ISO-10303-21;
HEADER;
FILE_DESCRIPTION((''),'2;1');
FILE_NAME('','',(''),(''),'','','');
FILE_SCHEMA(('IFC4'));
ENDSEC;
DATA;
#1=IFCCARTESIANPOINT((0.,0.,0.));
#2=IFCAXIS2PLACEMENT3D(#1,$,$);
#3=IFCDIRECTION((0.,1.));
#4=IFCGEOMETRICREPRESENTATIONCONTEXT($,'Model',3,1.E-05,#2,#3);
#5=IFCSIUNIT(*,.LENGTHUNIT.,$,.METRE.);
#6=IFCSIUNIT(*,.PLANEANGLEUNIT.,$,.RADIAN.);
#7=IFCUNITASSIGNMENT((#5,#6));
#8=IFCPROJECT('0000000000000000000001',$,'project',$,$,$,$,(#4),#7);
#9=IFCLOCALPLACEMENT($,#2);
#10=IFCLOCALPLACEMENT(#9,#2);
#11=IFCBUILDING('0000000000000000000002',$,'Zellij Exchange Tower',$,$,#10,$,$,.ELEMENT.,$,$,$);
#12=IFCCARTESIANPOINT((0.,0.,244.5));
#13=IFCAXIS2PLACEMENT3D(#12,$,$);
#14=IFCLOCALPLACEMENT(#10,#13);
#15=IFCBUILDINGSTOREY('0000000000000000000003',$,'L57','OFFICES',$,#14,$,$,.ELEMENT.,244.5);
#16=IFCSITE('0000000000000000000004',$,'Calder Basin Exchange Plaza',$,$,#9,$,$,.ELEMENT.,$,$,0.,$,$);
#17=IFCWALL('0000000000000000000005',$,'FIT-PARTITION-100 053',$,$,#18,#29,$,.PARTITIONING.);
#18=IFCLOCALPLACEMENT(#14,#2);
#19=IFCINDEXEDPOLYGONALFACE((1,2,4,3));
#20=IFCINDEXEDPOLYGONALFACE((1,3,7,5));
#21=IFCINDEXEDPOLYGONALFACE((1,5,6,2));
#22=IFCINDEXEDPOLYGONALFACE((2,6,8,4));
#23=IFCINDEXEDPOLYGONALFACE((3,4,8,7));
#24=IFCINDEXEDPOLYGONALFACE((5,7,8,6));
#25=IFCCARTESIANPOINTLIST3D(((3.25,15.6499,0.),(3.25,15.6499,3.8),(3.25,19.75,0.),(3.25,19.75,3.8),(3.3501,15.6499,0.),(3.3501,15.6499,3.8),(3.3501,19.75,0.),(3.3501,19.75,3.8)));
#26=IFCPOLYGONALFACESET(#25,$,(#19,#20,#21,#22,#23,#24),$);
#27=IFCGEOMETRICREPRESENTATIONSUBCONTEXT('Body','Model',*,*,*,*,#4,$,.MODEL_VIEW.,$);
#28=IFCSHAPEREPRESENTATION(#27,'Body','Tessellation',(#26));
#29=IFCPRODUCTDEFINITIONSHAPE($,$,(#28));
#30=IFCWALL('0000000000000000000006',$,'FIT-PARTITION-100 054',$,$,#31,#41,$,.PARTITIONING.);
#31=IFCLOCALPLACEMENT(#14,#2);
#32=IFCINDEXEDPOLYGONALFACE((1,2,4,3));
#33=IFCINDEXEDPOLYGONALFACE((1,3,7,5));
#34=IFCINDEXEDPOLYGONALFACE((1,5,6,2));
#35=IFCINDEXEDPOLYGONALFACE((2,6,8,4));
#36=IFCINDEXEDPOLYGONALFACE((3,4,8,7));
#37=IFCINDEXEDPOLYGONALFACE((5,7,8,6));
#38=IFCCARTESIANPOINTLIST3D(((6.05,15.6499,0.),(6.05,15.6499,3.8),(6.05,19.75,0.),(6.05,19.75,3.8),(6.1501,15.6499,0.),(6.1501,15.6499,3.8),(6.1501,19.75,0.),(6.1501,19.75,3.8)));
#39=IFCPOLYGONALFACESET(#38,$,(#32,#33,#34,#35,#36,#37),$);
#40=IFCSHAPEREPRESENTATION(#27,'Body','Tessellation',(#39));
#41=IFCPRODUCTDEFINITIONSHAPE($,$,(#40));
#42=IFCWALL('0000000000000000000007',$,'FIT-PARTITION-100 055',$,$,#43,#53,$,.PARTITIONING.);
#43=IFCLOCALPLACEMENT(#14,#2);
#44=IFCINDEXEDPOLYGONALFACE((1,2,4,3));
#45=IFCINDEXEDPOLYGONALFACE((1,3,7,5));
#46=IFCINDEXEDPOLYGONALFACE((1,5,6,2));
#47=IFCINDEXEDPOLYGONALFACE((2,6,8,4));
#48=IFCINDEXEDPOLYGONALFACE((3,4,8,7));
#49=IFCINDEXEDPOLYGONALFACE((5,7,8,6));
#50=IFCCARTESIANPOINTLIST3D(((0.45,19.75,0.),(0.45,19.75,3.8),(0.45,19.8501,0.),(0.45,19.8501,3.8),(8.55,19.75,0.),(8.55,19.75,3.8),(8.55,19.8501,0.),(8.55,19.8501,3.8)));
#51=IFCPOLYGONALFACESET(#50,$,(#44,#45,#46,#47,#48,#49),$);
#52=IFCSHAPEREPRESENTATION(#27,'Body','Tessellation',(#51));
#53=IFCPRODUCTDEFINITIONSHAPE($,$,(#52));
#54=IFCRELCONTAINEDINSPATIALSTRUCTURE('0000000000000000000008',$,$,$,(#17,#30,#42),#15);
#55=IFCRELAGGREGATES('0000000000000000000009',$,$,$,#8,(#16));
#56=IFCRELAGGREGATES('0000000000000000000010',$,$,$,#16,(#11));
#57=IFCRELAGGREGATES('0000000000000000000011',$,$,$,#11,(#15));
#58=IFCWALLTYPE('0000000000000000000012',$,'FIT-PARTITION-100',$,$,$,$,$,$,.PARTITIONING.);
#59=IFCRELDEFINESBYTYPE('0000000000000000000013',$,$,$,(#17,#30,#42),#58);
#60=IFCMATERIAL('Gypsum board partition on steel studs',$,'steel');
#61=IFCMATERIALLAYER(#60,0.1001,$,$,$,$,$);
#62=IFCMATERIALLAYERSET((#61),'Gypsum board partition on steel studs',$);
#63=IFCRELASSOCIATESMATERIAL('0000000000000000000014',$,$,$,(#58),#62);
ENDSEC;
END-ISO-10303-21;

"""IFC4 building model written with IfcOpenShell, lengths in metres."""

from ifc_helpers import new_model, si_unit, direction, frame, frame_2d, origin, place, context, subcontext, project, spatial, rectangle, extrude, material, layer, layer_set, type_object, element, save


model = new_model("IFC4")

# Units and contexts
model_context = context("Model", 3, precision=1e-05, world=origin(), true_north=direction((0.0, 1.0)))
body_context = subcontext(model_context, "Body", "Model", "MODEL_VIEW")
ifc_project = project(units=[si_unit("LENGTHUNIT", "METRE"), si_unit("PLANEANGLEUNIT", "RADIAN")], contexts=[model_context])

# Site, building, storey
site_placement = place(None, origin())
site = spatial("IfcSite", under=ifc_project, at=site_placement, Name="Calder Basin Exchange Plaza", CompositionType="ELEMENT", RefElevation=0.0)
building_placement = place(site_placement, origin())
building = spatial("IfcBuilding", under=site, at=building_placement, Name="Zellij Exchange Tower", CompositionType="ELEMENT")
storey_placement = place(building_placement, frame((0.0, 0.0, 244.5)))
storey = spatial("IfcBuildingStorey", under=building, at=storey_placement, Name="L57", Description="OFFICES", CompositionType="ELEMENT", Elevation=244.5)

# Shared definitions
ifc_material_1 = material(Name="Gypsum board partition on steel studs", Category="steel")
ifc_layer = layer(ifc_material_1, 0.1001)
ifc_layer_set = layer_set([ifc_layer], Name="Gypsum board partition on steel studs")
wall_type = type_object("IfcWallType", Name="FIT-PARTITION-100", PredefinedType="PARTITIONING", material=ifc_layer_set)

# Walls
for number, where, z_axis, x_axis, name in (
    (1, (3.3, 15.6499, 0.0), (0.0, 0.0, 1.0), (0.0, 1.0, 0.0), "FIT-PARTITION-100 053"),
    (2, (6.1001, 15.6499, 0.0), (0.0, 0.0, 1.0), (0.0, 1.0, 0.0), "FIT-PARTITION-100 054"),
):
    element("IfcWall", number, at=place(storey_placement, frame(where, z_axis=z_axis, x_axis=x_axis)), inside=storey, type_object=wall_type, Name=name, PredefinedType="PARTITIONING", context=body_context, shape_type="SweptSolid", body=[
        extrude(rectangle(XDim=4.1001, YDim=0.1001, at=frame_2d((2.05, 0.0))), origin(), (0.0, 0.0, 1.0), 3.8),
    ])
wall_1_placement = place(storey_placement, frame((0.45, 19.8, 0.0), z_axis=(0.0, 0.0, 1.0), x_axis=(1.0, 0.0, 0.0)))
element("IfcWall", 3, at=wall_1_placement, inside=storey, type_object=wall_type, Name="FIT-PARTITION-100 055", PredefinedType="PARTITIONING", context=body_context, shape_type="SweptSolid", body=[
    extrude(rectangle(XDim=8.1001, YDim=0.1001, at=frame_2d((4.05, 0.0))), origin(), (0.0, 0.0, 1.0), 3.8),
])

save(model, "model.ifc")
